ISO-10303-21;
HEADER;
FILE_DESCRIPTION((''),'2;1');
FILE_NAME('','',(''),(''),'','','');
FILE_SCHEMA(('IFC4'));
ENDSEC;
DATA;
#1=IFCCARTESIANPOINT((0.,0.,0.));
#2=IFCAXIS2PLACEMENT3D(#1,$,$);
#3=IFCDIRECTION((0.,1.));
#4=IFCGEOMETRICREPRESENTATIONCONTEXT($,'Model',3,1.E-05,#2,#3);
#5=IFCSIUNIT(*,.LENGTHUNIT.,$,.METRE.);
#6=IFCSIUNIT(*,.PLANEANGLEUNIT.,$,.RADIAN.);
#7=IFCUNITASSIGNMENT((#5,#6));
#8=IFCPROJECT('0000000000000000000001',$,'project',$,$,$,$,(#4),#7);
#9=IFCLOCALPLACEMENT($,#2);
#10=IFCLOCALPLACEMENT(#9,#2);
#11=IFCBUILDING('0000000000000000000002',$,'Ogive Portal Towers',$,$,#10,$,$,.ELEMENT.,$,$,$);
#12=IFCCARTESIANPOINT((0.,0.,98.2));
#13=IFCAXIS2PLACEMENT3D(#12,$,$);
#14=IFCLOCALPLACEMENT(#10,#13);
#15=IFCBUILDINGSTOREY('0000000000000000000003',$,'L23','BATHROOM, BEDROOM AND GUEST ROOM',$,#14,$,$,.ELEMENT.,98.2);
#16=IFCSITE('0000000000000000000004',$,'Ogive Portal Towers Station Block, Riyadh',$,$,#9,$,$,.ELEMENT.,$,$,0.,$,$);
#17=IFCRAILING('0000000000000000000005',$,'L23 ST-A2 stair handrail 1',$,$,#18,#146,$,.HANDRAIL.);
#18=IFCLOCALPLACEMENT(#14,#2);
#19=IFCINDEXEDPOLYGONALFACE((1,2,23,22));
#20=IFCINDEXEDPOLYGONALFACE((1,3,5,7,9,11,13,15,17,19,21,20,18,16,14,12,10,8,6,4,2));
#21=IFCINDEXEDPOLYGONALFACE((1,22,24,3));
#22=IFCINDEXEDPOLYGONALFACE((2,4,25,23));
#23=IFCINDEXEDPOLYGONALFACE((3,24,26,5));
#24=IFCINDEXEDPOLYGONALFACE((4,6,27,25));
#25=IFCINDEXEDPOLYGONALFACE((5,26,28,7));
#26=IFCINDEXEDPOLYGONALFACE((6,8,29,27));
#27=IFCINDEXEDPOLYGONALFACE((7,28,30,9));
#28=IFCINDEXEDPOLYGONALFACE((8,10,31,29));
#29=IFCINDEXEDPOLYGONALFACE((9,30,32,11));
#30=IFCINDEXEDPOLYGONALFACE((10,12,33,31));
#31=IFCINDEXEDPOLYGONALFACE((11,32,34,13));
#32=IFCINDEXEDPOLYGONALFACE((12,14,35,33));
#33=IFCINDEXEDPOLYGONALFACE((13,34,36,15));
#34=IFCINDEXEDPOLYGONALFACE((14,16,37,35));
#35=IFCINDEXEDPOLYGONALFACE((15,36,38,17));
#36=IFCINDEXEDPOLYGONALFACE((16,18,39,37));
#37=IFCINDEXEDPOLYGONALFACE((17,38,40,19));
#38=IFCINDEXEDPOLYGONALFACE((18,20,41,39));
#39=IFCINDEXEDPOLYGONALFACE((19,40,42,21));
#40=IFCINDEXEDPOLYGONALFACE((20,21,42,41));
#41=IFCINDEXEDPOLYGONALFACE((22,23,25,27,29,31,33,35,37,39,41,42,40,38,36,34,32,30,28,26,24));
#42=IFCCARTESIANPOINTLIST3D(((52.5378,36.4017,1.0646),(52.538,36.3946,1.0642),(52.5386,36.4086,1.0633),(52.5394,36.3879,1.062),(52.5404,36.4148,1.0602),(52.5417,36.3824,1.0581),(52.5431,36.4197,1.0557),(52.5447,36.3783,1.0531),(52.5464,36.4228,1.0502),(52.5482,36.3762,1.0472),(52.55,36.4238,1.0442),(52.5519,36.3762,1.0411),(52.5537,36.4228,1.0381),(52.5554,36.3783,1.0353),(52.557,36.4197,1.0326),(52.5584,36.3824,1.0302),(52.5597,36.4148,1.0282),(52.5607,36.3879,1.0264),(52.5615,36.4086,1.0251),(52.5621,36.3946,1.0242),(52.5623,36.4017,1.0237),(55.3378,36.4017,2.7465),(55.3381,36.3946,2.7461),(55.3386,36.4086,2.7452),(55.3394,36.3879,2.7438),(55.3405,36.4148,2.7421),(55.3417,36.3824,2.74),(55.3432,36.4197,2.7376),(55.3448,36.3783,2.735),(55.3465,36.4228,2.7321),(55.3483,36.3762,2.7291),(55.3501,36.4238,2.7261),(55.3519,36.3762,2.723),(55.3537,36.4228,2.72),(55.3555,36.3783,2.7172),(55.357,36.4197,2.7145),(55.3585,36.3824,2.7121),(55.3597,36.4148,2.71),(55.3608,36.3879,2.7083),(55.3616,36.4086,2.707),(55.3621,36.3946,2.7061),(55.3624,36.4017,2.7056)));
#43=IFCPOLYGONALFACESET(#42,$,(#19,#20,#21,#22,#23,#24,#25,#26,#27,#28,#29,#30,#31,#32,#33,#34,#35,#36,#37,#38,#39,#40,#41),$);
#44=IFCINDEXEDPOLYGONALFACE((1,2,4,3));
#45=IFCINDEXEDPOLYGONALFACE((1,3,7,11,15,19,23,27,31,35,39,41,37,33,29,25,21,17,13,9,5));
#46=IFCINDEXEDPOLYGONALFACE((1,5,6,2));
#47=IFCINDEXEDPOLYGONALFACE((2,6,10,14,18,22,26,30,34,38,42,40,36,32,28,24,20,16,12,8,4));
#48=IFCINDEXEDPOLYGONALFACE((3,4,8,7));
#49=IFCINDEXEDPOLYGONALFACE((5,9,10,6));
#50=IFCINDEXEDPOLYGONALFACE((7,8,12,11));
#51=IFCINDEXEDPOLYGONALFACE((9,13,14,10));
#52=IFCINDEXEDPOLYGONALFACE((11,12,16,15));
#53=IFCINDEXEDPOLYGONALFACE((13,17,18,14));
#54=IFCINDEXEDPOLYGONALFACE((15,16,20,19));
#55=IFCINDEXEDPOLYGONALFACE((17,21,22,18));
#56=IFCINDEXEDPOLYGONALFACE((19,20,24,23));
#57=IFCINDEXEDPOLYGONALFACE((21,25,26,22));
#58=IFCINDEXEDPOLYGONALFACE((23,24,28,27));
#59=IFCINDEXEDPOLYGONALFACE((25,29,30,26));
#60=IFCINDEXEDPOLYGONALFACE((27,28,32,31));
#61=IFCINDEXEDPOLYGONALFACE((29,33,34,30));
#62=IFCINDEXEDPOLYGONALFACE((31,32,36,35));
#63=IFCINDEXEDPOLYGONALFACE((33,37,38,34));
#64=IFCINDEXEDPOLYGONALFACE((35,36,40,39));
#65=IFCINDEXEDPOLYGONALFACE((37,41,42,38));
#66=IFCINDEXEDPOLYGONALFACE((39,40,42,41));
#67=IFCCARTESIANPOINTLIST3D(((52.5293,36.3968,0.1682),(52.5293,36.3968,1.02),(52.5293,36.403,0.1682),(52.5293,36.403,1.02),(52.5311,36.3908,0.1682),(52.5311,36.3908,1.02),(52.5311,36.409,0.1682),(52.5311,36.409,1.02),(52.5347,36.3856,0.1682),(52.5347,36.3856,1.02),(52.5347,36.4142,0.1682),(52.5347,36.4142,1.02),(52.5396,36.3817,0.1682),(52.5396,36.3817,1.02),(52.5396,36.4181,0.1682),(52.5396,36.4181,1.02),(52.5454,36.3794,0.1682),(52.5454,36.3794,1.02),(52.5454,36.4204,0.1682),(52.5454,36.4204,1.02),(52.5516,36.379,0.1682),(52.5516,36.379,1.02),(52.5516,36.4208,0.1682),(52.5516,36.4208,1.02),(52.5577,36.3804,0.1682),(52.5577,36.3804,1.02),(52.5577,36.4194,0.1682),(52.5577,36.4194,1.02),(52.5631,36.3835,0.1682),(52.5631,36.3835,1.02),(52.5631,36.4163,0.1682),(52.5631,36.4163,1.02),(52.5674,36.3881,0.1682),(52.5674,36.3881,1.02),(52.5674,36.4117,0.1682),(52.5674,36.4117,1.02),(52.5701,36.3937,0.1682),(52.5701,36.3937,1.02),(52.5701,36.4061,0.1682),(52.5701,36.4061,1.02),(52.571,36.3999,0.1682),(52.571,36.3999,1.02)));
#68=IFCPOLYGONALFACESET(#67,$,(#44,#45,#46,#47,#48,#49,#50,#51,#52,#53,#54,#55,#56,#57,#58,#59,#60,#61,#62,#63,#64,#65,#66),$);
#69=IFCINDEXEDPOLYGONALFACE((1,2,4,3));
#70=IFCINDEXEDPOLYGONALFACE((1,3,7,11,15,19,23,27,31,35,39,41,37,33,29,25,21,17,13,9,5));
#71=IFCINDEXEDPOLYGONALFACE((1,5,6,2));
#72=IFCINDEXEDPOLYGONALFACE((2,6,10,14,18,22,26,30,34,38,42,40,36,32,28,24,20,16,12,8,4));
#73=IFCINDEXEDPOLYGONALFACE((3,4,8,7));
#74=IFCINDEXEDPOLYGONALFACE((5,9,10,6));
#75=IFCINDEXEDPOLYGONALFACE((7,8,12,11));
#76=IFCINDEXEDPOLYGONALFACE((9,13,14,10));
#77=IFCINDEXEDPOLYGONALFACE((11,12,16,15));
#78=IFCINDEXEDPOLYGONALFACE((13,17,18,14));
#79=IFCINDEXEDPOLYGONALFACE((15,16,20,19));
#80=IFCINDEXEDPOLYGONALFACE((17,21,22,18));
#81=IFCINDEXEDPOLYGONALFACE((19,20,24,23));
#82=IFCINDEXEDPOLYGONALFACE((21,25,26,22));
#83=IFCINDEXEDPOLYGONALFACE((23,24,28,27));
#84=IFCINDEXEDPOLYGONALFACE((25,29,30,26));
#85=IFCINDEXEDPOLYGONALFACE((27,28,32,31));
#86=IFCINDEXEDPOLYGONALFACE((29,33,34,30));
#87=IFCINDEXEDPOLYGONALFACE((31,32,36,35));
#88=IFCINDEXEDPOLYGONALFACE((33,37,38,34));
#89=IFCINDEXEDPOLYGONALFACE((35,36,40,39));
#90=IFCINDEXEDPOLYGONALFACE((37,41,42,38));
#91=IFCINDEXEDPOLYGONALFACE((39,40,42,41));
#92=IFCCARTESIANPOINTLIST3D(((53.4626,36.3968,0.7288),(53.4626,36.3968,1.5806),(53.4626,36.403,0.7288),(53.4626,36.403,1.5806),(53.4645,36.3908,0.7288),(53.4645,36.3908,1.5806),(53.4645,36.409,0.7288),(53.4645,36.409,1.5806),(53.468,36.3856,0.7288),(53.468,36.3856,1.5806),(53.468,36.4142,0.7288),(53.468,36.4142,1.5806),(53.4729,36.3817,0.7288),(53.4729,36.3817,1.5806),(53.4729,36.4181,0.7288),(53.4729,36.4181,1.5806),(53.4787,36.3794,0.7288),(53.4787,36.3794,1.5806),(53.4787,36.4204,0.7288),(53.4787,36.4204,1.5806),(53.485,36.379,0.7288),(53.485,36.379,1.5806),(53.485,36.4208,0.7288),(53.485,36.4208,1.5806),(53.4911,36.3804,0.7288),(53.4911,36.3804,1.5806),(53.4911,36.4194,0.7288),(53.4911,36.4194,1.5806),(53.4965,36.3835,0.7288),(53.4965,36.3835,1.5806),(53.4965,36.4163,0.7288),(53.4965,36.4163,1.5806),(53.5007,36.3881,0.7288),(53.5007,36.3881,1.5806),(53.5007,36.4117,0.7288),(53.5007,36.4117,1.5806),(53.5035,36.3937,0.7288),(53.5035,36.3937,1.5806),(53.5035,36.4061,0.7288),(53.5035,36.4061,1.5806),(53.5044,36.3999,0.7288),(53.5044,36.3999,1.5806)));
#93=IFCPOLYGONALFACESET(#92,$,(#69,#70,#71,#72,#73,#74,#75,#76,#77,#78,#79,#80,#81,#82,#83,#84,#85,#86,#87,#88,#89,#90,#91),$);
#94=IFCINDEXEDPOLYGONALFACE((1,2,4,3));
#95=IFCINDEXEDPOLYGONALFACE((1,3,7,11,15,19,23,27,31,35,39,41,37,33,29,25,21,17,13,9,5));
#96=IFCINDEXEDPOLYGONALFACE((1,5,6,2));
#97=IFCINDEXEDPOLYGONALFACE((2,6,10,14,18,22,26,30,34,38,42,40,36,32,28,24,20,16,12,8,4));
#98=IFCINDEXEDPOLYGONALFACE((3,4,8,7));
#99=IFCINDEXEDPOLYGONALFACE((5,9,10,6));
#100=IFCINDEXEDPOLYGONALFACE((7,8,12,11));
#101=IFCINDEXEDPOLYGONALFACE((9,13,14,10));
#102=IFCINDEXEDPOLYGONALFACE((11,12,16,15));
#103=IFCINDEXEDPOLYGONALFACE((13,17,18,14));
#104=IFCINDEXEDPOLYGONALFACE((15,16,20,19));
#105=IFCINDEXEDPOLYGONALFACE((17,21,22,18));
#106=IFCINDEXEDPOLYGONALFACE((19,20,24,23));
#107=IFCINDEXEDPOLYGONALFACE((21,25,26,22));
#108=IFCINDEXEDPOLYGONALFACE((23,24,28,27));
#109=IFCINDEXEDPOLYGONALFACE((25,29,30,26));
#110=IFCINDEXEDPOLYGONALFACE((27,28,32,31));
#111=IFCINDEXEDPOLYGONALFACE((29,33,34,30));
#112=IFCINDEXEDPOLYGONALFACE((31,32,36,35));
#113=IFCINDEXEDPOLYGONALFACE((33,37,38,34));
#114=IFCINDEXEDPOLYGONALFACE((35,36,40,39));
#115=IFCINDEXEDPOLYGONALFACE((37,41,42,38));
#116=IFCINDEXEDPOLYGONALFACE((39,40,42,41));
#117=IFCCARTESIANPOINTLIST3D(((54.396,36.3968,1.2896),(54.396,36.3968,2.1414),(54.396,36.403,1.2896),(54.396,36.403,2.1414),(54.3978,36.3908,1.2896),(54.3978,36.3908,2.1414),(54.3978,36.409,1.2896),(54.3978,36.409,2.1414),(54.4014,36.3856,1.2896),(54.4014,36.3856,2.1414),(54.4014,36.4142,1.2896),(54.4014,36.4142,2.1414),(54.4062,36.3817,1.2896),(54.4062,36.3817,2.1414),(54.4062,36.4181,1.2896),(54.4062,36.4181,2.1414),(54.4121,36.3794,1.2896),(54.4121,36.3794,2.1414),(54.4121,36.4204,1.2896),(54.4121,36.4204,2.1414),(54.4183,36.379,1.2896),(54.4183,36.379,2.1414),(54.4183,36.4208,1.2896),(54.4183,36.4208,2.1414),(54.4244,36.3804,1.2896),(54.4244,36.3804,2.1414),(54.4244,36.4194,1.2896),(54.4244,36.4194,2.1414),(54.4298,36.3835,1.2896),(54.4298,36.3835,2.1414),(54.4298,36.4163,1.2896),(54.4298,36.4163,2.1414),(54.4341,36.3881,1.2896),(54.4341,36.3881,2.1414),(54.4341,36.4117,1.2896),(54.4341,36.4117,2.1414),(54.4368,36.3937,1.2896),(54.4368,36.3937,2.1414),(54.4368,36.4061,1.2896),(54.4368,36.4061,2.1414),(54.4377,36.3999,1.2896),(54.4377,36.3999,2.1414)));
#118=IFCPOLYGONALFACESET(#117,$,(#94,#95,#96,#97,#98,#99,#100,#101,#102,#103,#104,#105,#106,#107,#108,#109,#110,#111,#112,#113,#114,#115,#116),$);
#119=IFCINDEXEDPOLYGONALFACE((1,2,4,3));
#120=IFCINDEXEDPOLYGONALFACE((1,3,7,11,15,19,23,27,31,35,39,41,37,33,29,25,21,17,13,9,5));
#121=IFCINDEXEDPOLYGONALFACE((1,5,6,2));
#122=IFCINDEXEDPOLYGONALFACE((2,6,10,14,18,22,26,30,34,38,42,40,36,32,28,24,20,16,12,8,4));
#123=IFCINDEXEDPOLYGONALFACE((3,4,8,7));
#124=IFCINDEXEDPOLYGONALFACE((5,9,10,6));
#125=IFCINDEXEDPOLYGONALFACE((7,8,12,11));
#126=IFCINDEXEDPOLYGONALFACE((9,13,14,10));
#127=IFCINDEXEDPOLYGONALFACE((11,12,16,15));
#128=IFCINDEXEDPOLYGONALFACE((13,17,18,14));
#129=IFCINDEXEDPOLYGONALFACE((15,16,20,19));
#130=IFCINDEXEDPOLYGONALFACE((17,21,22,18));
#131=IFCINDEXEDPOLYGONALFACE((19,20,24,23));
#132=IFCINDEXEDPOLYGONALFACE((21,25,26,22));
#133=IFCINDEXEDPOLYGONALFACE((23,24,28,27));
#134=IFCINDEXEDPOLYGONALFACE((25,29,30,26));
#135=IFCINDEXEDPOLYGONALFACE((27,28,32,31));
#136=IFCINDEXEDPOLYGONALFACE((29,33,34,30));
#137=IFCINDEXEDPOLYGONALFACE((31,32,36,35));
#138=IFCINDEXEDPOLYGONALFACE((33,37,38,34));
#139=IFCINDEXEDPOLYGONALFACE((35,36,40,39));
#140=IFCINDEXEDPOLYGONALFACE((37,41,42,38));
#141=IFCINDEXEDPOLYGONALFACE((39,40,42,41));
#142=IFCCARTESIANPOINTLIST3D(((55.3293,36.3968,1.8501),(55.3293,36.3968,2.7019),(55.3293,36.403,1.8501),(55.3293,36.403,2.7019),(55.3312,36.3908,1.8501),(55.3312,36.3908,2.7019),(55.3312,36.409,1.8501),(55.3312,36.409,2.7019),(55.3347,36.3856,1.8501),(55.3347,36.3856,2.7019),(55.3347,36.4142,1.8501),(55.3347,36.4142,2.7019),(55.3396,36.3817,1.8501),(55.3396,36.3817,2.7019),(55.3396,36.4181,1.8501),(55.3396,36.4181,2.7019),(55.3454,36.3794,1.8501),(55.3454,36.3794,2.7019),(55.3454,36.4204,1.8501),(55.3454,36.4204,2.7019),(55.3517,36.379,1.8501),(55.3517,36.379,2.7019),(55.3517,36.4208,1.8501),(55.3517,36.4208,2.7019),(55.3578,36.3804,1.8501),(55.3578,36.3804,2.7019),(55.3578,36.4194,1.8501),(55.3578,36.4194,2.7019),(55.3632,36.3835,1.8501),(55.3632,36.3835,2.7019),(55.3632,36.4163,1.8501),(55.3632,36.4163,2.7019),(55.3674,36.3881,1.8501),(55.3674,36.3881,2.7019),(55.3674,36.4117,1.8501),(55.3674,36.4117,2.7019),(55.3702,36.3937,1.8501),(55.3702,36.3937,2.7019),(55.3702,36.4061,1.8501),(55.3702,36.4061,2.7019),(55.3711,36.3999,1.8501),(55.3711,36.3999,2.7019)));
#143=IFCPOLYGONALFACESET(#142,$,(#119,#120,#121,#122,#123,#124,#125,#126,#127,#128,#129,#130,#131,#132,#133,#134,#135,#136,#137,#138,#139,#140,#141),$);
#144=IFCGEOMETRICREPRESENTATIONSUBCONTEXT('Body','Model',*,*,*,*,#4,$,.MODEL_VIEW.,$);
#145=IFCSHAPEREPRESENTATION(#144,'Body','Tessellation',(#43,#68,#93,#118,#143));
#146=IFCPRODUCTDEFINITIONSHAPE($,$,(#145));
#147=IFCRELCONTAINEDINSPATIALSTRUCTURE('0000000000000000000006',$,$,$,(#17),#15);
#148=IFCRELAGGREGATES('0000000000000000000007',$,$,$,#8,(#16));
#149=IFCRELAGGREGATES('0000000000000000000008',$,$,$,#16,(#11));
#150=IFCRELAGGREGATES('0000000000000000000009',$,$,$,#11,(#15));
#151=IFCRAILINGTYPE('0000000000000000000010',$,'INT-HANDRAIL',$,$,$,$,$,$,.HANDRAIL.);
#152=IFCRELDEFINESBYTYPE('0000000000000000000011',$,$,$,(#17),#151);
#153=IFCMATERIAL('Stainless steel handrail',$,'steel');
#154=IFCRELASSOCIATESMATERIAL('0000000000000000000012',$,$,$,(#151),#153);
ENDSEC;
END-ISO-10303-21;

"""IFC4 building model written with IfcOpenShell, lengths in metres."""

from ifc_helpers import new_model, si_unit, direction, frame, origin, origin_2d, place, context, subcontext, project, spatial, circle, extrude, material, type_object, element, save


model = new_model("IFC4")

# Units and contexts
model_context = context("Model", 3, precision=1e-05, world=origin(), true_north=direction((0.0, 1.0)))
body_context = subcontext(model_context, "Body", "Model", "MODEL_VIEW")
ifc_project = project(units=[si_unit("LENGTHUNIT", "METRE"), si_unit("PLANEANGLEUNIT", "RADIAN")], contexts=[model_context])

# Site, building, storey
site_placement = place(None, origin())
site = spatial("IfcSite", under=ifc_project, at=site_placement, Name="Ogive Portal Towers Station Block, Riyadh", CompositionType="ELEMENT", RefElevation=0.0)
building_placement = place(site_placement, origin())
building = spatial("IfcBuilding", under=site, at=building_placement, Name="Ogive Portal Towers", CompositionType="ELEMENT")
storey_placement = place(building_placement, frame((0.0, 0.0, 98.2)))
storey = spatial("IfcBuildingStorey", under=building, at=storey_placement, Name="L23", Description="BATHROOM, BEDROOM AND GUEST ROOM", CompositionType="ELEMENT", Elevation=98.2)

# Railing
ifc_material_1 = material(Name="Stainless steel handrail", Category="steel")
railing_type_1 = type_object("IfcRailingType", Name="INT-HANDRAIL", PredefinedType="HANDRAIL", material=ifc_material_1)
railing_1_placement = place(storey_placement, frame((52.55, 36.3999, 0.1682)))
element("IfcRailing", 1, at=railing_1_placement, inside=storey, type_object=railing_type_1, Name="L23 ST-A2 stair handrail 1", PredefinedType="HANDRAIL", context=body_context, shape_type="SweptSolid", body=[
    extrude(circle(Radius=0.0239, at=origin_2d()), frame((0.0, 0.0, 0.876), z_axis=(0.857242, 0.0, 0.514913), x_axis=(0.0, 1.0, 0.0)), (0.0, 0.0, 1.0), 3.2664),
    extrude(circle(Radius=0.021, at=origin_2d()), origin(), (0.0, 0.0, 1.0), 0.8518),
    extrude(circle(Radius=0.021, at=origin_2d()), frame((0.9333, 0.0, 0.5605)), (0.0, 0.0, 1.0), 0.8518),
    extrude(circle(Radius=0.021, at=origin_2d()), frame((1.8667, 0.0, 1.1213)), (0.0, 0.0, 1.0), 0.8518),
    extrude(circle(Radius=0.021, at=origin_2d()), frame((2.8, 0.0, 1.6819)), (0.0, 0.0, 1.0), 0.8518),
])

save(model, "model.ifc")
